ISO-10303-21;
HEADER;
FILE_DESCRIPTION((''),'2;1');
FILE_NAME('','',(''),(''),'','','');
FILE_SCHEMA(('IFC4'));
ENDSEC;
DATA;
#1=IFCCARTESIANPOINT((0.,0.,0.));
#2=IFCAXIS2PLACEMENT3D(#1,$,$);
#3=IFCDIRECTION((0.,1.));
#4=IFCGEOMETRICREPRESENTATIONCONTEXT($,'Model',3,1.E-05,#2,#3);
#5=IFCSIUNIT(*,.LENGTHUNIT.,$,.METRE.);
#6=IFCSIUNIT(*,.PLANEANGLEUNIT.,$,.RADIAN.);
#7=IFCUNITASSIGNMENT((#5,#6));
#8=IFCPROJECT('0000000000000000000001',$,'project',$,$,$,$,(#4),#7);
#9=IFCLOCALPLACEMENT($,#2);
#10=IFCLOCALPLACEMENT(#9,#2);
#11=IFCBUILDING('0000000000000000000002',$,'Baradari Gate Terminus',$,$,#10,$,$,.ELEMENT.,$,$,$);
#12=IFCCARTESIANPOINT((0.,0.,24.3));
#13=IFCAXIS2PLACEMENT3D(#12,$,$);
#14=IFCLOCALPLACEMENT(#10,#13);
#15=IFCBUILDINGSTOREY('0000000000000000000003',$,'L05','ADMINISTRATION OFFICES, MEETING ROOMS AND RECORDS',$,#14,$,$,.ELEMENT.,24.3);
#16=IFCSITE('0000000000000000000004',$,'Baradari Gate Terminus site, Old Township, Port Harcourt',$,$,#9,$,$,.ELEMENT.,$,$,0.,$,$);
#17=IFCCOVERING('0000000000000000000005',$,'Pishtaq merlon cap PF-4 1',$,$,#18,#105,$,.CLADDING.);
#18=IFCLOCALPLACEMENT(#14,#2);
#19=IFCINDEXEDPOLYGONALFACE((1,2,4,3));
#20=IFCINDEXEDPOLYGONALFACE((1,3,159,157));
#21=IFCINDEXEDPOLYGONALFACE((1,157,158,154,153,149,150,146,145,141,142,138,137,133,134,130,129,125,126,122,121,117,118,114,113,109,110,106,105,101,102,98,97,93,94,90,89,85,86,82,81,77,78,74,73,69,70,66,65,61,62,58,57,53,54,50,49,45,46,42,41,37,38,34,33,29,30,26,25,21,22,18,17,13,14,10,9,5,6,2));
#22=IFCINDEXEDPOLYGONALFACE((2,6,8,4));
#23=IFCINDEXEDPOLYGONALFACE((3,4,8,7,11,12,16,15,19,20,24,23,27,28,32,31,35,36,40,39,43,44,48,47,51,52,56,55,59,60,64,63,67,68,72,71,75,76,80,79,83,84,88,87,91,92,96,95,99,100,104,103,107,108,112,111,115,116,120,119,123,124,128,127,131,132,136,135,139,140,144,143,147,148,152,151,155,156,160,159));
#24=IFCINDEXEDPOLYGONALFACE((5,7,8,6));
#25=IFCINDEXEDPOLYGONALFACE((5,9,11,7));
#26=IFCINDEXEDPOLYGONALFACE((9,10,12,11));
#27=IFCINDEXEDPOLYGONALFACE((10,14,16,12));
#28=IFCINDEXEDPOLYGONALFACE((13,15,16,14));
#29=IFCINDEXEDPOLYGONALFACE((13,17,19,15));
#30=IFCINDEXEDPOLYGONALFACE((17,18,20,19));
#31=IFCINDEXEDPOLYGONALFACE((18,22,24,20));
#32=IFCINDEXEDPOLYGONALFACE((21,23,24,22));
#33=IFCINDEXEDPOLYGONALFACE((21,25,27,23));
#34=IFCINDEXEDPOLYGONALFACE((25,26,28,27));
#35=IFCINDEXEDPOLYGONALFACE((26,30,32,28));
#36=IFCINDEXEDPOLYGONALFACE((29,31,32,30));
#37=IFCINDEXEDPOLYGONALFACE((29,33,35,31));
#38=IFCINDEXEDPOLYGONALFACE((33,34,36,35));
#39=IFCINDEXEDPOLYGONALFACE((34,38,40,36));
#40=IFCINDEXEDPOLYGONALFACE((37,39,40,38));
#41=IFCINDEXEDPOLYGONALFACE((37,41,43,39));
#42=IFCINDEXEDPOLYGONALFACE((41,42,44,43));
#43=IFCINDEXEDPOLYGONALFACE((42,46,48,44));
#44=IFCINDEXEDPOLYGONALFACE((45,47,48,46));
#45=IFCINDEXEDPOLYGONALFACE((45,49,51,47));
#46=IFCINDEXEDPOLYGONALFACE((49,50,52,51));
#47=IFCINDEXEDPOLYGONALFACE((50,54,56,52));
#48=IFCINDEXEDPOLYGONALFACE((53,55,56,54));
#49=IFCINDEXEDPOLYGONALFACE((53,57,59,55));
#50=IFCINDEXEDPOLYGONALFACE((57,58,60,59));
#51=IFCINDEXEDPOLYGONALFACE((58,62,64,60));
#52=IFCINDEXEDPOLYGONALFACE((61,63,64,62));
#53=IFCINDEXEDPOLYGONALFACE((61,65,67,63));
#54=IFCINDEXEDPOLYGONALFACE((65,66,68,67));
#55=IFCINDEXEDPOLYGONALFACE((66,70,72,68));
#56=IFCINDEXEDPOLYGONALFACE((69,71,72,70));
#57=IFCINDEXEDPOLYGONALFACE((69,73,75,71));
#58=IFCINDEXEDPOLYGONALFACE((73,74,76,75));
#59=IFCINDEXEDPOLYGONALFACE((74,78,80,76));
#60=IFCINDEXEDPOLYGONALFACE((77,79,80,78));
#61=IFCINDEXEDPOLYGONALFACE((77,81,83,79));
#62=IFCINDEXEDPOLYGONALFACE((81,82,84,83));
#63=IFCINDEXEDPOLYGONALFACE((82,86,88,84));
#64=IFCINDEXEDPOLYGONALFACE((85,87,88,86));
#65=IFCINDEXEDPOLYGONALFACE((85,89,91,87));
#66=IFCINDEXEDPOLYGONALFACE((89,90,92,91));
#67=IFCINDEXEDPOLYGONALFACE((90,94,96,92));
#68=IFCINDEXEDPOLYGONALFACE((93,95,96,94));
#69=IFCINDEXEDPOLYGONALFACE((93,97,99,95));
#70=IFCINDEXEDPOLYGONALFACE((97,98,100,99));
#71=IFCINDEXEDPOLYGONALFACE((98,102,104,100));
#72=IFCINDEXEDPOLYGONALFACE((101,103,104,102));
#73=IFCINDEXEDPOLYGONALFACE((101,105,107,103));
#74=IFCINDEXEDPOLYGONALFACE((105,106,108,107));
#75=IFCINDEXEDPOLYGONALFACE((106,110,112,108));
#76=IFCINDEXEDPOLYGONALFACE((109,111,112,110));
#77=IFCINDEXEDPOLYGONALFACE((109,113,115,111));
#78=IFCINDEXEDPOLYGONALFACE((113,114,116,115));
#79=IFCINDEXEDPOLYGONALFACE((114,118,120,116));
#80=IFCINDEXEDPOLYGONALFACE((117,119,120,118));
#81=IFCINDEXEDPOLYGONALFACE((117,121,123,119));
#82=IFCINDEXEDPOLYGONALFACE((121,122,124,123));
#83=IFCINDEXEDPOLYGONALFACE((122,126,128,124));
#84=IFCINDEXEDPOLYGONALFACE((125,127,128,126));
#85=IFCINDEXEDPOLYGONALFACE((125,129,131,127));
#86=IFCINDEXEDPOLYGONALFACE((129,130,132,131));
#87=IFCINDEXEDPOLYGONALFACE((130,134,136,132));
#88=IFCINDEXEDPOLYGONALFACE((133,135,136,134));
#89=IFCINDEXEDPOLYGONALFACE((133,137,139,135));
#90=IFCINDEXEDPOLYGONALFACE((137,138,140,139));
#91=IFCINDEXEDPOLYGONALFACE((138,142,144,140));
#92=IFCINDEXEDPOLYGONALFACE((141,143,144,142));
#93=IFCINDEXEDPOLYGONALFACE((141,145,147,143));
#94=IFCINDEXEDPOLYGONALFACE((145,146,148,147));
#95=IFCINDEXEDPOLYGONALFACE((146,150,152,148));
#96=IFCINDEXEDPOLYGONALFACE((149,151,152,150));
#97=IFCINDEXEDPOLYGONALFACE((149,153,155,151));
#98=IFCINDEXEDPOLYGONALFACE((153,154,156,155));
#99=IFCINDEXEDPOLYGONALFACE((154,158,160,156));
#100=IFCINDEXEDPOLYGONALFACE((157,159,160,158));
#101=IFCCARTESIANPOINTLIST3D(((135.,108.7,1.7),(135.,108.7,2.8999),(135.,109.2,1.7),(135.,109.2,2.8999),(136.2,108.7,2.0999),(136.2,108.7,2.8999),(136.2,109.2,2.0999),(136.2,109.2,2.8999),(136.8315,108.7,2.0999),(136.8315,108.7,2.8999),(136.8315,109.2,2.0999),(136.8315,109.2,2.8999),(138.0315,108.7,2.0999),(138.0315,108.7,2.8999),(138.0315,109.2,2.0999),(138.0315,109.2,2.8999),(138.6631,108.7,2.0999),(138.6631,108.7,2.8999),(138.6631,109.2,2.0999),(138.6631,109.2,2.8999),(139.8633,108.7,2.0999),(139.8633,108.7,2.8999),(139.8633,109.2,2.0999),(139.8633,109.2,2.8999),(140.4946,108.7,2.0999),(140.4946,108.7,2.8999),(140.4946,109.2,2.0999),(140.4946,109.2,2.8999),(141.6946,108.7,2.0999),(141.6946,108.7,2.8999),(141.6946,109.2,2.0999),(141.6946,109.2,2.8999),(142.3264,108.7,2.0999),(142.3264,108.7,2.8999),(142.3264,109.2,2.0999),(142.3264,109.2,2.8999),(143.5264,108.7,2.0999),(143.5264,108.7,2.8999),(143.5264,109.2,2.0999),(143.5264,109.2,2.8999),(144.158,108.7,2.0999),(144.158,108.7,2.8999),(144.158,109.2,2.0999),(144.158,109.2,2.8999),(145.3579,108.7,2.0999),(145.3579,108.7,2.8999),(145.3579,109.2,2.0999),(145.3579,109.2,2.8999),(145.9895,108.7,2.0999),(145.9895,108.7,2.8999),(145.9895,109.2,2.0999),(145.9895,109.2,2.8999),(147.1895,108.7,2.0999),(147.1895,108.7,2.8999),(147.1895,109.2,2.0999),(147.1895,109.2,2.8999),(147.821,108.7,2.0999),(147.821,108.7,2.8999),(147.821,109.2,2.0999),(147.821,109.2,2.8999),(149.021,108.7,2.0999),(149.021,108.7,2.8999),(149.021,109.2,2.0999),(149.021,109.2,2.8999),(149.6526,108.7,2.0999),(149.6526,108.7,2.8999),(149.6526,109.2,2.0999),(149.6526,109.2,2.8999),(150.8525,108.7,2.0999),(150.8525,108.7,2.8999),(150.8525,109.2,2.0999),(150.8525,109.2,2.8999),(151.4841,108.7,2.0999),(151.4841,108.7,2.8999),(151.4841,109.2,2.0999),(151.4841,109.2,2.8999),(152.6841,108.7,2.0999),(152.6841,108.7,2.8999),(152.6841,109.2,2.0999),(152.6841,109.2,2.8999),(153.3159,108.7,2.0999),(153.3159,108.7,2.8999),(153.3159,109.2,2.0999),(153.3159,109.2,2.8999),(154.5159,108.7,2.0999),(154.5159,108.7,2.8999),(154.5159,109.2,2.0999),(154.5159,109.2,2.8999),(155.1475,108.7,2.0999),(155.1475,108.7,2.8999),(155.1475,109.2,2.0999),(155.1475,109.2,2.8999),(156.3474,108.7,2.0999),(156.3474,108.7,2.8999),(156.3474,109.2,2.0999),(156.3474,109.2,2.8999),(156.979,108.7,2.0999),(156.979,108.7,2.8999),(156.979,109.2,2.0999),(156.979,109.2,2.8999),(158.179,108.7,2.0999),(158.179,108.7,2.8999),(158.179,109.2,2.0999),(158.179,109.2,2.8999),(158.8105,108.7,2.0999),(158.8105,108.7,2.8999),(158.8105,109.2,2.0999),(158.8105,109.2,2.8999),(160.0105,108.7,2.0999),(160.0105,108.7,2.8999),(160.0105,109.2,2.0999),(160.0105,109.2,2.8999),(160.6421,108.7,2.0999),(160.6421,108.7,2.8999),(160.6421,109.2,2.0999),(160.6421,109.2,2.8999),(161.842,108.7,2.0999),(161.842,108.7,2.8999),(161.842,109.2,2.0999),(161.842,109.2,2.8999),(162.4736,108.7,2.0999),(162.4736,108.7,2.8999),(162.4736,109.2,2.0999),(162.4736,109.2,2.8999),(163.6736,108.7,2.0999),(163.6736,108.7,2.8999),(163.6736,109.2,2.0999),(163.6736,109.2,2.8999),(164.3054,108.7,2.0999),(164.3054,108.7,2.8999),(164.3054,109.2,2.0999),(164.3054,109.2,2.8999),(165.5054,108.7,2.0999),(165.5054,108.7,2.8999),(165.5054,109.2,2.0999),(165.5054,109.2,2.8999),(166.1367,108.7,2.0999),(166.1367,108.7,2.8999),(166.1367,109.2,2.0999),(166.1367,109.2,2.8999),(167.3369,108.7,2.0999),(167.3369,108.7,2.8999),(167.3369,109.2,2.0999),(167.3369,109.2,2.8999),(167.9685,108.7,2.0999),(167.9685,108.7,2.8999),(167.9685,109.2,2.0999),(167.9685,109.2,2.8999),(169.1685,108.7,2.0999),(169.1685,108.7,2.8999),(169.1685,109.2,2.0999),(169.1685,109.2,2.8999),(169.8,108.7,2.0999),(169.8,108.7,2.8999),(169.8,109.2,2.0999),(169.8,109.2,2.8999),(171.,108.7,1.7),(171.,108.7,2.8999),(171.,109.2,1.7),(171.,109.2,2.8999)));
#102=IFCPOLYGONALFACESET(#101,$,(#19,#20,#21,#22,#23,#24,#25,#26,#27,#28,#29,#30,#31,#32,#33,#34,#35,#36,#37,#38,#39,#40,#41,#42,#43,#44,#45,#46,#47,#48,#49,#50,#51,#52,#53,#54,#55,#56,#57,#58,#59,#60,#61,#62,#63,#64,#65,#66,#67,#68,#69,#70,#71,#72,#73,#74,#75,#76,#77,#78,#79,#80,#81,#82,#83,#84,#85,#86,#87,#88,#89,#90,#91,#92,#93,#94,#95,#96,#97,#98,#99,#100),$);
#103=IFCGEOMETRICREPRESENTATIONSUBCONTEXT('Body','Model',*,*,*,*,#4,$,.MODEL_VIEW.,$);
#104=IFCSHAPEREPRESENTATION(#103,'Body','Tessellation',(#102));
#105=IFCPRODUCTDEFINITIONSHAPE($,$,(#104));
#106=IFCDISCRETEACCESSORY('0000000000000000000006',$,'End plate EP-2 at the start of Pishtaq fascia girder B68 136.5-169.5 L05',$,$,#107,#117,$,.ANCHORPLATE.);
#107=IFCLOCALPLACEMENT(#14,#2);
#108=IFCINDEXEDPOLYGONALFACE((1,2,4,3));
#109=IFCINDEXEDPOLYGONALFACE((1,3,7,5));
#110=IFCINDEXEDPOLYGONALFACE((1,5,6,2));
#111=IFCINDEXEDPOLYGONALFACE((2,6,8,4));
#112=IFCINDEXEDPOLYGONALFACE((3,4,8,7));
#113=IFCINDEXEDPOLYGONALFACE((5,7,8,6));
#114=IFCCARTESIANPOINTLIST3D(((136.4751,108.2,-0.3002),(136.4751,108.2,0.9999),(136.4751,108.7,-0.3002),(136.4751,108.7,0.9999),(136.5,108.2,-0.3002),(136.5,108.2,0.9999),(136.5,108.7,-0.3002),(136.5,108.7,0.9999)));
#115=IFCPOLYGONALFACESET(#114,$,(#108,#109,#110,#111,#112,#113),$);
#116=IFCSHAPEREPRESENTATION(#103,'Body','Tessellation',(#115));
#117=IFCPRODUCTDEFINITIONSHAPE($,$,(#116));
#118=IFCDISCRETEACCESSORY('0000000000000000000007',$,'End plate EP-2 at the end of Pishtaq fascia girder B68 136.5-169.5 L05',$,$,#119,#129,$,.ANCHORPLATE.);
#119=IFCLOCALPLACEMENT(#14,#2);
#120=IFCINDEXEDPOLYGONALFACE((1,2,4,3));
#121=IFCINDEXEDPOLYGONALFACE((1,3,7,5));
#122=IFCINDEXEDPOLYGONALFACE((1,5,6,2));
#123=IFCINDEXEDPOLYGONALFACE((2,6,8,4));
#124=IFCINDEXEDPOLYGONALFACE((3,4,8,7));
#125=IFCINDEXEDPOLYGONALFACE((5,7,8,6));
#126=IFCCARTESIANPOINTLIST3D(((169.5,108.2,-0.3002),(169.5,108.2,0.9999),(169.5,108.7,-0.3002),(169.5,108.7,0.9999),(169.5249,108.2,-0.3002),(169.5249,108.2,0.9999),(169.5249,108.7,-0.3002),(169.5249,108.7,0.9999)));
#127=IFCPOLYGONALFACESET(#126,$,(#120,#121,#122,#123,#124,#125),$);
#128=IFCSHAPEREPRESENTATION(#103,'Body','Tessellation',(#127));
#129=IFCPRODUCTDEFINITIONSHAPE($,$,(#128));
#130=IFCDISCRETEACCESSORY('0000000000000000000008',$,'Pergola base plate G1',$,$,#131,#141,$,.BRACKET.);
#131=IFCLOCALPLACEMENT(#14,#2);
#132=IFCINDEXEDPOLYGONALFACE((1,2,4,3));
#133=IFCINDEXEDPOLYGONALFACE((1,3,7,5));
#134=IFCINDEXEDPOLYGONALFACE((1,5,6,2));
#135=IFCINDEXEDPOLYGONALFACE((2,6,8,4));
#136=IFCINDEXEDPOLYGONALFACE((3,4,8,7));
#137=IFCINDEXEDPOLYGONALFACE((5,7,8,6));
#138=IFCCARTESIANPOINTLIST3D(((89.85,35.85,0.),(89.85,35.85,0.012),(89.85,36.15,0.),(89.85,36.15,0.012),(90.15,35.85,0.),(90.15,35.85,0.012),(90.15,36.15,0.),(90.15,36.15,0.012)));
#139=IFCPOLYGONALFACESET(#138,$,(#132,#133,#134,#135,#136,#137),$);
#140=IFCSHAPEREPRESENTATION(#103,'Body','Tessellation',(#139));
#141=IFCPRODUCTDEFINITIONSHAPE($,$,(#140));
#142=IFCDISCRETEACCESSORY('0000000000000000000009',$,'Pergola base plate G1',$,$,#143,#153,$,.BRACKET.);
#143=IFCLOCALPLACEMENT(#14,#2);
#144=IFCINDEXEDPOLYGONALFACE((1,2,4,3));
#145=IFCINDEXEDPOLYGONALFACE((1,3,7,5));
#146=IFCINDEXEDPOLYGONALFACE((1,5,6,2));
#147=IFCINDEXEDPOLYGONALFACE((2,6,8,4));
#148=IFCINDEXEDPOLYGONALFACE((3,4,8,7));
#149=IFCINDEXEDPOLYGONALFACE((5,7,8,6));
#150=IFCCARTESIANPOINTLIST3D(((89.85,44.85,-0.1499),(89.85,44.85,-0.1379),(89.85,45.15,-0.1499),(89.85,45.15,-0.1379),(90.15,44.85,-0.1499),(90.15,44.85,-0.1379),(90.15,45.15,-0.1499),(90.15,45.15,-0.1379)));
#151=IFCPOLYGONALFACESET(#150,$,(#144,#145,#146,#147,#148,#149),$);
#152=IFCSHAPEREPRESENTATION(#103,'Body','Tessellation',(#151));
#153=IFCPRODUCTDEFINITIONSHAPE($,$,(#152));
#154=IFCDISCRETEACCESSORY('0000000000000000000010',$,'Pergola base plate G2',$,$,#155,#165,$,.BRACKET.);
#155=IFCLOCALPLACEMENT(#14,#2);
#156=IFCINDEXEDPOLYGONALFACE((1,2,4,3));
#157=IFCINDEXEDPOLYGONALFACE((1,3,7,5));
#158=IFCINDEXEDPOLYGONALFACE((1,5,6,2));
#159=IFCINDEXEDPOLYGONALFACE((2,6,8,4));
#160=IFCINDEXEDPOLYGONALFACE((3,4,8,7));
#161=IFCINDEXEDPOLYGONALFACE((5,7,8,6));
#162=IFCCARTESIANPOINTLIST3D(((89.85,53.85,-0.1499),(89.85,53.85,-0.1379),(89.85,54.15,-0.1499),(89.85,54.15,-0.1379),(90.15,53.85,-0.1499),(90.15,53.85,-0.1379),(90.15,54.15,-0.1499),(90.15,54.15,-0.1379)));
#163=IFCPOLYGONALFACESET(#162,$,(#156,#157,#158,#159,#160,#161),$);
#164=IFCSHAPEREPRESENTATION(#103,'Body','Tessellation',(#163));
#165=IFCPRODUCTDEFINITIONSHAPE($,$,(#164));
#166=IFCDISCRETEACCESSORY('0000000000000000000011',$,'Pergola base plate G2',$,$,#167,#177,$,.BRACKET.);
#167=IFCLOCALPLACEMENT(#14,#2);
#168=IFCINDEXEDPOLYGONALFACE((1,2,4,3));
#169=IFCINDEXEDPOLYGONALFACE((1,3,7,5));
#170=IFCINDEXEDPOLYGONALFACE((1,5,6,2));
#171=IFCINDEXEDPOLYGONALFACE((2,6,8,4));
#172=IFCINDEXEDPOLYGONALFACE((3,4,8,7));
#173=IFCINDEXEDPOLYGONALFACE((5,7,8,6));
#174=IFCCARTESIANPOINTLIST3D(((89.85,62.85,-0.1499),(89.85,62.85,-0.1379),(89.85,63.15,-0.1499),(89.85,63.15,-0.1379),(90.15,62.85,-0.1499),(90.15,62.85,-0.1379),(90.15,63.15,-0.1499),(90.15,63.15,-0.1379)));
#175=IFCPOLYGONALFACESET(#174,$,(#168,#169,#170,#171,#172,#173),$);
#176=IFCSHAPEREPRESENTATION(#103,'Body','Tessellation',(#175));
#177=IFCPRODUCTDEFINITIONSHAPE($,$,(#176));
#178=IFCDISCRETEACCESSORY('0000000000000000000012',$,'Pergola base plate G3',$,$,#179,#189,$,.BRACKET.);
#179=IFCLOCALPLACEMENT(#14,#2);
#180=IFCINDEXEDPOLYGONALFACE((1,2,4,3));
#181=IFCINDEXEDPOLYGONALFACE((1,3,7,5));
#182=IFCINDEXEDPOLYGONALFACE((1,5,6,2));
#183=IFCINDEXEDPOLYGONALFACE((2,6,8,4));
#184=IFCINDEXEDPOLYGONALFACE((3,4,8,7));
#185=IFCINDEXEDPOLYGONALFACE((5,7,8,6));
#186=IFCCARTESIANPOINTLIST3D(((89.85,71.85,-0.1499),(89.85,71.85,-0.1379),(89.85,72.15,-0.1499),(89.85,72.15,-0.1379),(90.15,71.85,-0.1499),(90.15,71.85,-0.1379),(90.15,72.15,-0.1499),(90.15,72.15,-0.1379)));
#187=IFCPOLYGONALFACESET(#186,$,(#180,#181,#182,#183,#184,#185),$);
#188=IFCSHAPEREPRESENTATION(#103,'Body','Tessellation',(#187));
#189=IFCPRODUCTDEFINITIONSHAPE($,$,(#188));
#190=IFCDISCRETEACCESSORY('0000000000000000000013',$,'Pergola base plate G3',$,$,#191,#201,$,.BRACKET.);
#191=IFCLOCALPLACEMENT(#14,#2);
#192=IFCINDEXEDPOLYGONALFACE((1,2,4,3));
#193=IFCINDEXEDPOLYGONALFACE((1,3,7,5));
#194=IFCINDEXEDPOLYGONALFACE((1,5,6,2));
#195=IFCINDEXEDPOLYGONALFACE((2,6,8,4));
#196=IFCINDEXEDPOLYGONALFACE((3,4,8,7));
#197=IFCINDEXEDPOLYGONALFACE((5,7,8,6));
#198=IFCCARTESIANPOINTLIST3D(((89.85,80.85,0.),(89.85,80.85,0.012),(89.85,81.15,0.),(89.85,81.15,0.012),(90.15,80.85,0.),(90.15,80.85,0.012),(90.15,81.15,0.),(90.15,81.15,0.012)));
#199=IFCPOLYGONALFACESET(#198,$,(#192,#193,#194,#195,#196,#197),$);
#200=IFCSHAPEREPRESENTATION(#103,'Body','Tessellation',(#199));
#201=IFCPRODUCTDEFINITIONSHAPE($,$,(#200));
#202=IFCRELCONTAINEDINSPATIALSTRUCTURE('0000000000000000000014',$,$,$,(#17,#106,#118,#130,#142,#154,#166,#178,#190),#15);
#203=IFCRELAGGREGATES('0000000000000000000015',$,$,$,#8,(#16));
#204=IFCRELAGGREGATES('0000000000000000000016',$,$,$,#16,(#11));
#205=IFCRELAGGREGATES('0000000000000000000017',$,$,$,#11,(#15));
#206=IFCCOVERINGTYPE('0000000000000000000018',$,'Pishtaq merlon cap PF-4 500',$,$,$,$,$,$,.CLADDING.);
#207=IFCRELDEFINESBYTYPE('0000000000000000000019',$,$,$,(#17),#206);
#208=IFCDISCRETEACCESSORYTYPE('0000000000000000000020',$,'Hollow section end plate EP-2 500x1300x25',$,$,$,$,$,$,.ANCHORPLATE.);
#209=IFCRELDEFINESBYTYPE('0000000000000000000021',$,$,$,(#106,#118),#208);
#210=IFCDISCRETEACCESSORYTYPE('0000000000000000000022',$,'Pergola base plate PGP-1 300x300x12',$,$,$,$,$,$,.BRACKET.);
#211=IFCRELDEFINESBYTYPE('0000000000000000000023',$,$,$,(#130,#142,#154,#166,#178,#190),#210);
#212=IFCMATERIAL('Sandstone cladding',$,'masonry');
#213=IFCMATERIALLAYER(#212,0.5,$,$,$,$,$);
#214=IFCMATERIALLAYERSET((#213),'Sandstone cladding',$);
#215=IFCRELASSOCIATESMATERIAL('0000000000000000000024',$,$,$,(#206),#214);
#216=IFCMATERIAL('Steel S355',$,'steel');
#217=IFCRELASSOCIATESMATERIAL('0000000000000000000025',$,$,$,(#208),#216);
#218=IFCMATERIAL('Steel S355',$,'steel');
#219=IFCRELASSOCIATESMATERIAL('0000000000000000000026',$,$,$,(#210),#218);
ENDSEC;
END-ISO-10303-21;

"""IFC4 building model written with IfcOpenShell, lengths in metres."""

from ifc_helpers import new_model, si_unit, direction, frame, origin, origin_2d, place, context, subcontext, project, spatial, polyline, rectangle, outline, extrude, material, layer, layer_set, type_object, element, save


model = new_model("IFC4")

# Units and contexts
model_context = context("Model", 3, precision=1e-05, world=origin(), true_north=direction((0.0, 1.0)))
body_context = subcontext(model_context, "Body", "Model", "MODEL_VIEW")
ifc_project = project(units=[si_unit("LENGTHUNIT", "METRE"), si_unit("PLANEANGLEUNIT", "RADIAN")], contexts=[model_context])

# Site, building, storey
site_placement = place(None, origin())
site = spatial("IfcSite", under=ifc_project, at=site_placement, Name="Baradari Gate Terminus site, Old Township, Port Harcourt", CompositionType="ELEMENT", RefElevation=0.0)
building_placement = place(site_placement, origin())
building = spatial("IfcBuilding", under=site, at=building_placement, Name="Baradari Gate Terminus", CompositionType="ELEMENT")
storey_placement = place(building_placement, frame((0.0, 0.0, 24.3)))
storey = spatial("IfcBuildingStorey", under=building, at=storey_placement, Name="L05", Description="ADMINISTRATION OFFICES, MEETING ROOMS AND RECORDS", CompositionType="ELEMENT", Elevation=24.3)

# Covering
ifc_material_1 = material(Name="Sandstone cladding", Category="masonry")
ifc_layer_1 = layer(ifc_material_1, 0.5)
ifc_layer_set_1 = layer_set([ifc_layer_1], Name="Sandstone cladding")
covering_type_1 = type_object("IfcCoveringType", Name="Pishtaq merlon cap PF-4 500", PredefinedType="CLADDING", material=ifc_layer_set_1)
covering_1_placement = place(storey_placement, frame((135.0, 108.95, 1.7), z_axis=(0.0, 0.0, 1.0), x_axis=(1.0, 0.0, 0.0)))
element("IfcCovering", 1, at=covering_1_placement, inside=storey, type_object=covering_type_1, Name="Pishtaq merlon cap PF-4 1", PredefinedType="CLADDING", context=body_context, shape_type="SweptSolid", body=[
    extrude(outline(polyline([(34.8, 1.2), (34.8, 0.3999), (34.1685, 0.3999), (34.1685, 1.2), (32.9685, 1.2), (32.9685, 0.3999), (32.3369, 0.3999), (32.3369, 1.2), (31.1367, 1.2), (31.1367, 0.3999), (30.5054, 0.3999), (30.5054, 1.2), (29.3054, 1.2), (29.3054, 0.3999), (28.6736, 0.3999), (28.6736, 1.2), (27.4736, 1.2), (27.4736, 0.3999), (26.842, 0.3999), (26.842, 1.2), (25.6421, 1.2), (25.6421, 0.3999), (25.0105, 0.3999), (25.0105, 1.2), (23.8105, 1.2), (23.8105, 0.3999), (23.179, 0.3999), (23.179, 1.2), (21.979, 1.2), (21.979, 0.3999), (21.3474, 0.3999), (21.3474, 1.2), (20.1475, 1.2), (20.1475, 0.3999), (19.5159, 0.3999), (19.5159, 1.2), (18.3159, 1.2), (18.3159, 0.3999), (17.6841, 0.3999), (17.6841, 1.2), (16.4841, 1.2), (16.4841, 0.3999), (15.8525, 0.3999), (15.8525, 1.2), (14.6526, 1.2), (14.6526, 0.3999), (14.021, 0.3999), (14.021, 1.2), (12.821, 1.2), (12.821, 0.3999), (12.1895, 0.3999), (12.1895, 1.2), (10.9895, 1.2), (10.9895, 0.3999), (10.3579, 0.3999), (10.3579, 1.2), (9.158, 1.2), (9.158, 0.3999), (8.5264, 0.3999), (8.5264, 1.2), (7.3264, 1.2), (7.3264, 0.3999), (6.6946, 0.3999), (6.6946, 1.2), (5.4946, 1.2), (5.4946, 0.3999), (4.8633, 0.3999), (4.8633, 1.2), (3.6631, 1.2), (3.6631, 0.3999), (3.0315, 0.3999), (3.0315, 1.2), (1.8315, 1.2), (1.8315, 0.3999), (1.2, 0.3999), (1.2, 1.2), (0.0, 1.2), (0.0, 0.0), (36.0, 0.0), (36.0, 1.2), (34.8, 1.2)])), frame((0.0, 0.25, 0.0), z_axis=(0.0, -1.0, 0.0), x_axis=(1.0, 0.0, 0.0)), (0.0, 0.0, 1.0), 0.5),
])

# Discrete accessories
ifc_material_2 = material(Name="Steel S355", Category="steel")
discrete_accessory_type_1 = type_object("IfcDiscreteAccessoryType", Name="Hollow section end plate EP-2 500x1300x25", PredefinedType="ANCHORPLATE", material=ifc_material_2)
for number, where, z_axis, x_axis, name in (
    (2, (136.4751, 108.45, 0.3499), (1.0, 0.0, 0.0), (0.0, 1.0, 0.0), "End plate EP-2 at the start of Pishtaq fascia girder B68 136.5-169.5 L05"),
    (3, (169.5, 108.45, 0.3499), (1.0, 0.0, 0.0), (0.0, 1.0, 0.0), "End plate EP-2 at the end of Pishtaq fascia girder B68 136.5-169.5 L05"),
):
    element("IfcDiscreteAccessory", number, at=place(storey_placement, frame(where, z_axis=z_axis, x_axis=x_axis)), inside=storey, type_object=discrete_accessory_type_1, Name=name, PredefinedType="ANCHORPLATE", context=body_context, shape_type="SweptSolid", body=[
        extrude(rectangle(XDim=0.5, YDim=1.3, at=origin_2d()), origin(), (0.0, 0.0, 1.0), 0.0249),
    ])
ifc_material_3 = material(Name="Steel S355", Category="steel")
discrete_accessory_type_2 = type_object("IfcDiscreteAccessoryType", Name="Pergola base plate PGP-1 300x300x12", PredefinedType="BRACKET", material=ifc_material_3)
for number, where, z_axis, x_axis, name in (
    (4, (90.0, 36.0, 0.0), (0.0, 0.0, 1.0), (1.0, 0.0, 0.0), "Pergola base plate G1"),
    (5, (90.0, 45.0, -0.1499), (0.0, 0.0, 1.0), (1.0, 0.0, 0.0), "Pergola base plate G1"),
    (6, (90.0, 54.0, -0.1499), (0.0, 0.0, 1.0), (1.0, 0.0, 0.0), "Pergola base plate G2"),
    (7, (90.0, 63.0, -0.1499), (0.0, 0.0, 1.0), (1.0, 0.0, 0.0), "Pergola base plate G2"),
    (8, (90.0, 72.0, -0.1499), (0.0, 0.0, 1.0), (1.0, 0.0, 0.0), "Pergola base plate G3"),
    (9, (90.0, 81.0, 0.0), (0.0, 0.0, 1.0), (1.0, 0.0, 0.0), "Pergola base plate G3"),
):
    element("IfcDiscreteAccessory", number, at=place(storey_placement, frame(where, z_axis=z_axis, x_axis=x_axis)), inside=storey, type_object=discrete_accessory_type_2, Name=name, PredefinedType="BRACKET", context=body_context, shape_type="SweptSolid", body=[
        extrude(rectangle(XDim=0.3, YDim=0.3, at=origin_2d()), origin(), (0.0, 0.0, 1.0), 0.012),
    ])

save(model, "model.ifc")
